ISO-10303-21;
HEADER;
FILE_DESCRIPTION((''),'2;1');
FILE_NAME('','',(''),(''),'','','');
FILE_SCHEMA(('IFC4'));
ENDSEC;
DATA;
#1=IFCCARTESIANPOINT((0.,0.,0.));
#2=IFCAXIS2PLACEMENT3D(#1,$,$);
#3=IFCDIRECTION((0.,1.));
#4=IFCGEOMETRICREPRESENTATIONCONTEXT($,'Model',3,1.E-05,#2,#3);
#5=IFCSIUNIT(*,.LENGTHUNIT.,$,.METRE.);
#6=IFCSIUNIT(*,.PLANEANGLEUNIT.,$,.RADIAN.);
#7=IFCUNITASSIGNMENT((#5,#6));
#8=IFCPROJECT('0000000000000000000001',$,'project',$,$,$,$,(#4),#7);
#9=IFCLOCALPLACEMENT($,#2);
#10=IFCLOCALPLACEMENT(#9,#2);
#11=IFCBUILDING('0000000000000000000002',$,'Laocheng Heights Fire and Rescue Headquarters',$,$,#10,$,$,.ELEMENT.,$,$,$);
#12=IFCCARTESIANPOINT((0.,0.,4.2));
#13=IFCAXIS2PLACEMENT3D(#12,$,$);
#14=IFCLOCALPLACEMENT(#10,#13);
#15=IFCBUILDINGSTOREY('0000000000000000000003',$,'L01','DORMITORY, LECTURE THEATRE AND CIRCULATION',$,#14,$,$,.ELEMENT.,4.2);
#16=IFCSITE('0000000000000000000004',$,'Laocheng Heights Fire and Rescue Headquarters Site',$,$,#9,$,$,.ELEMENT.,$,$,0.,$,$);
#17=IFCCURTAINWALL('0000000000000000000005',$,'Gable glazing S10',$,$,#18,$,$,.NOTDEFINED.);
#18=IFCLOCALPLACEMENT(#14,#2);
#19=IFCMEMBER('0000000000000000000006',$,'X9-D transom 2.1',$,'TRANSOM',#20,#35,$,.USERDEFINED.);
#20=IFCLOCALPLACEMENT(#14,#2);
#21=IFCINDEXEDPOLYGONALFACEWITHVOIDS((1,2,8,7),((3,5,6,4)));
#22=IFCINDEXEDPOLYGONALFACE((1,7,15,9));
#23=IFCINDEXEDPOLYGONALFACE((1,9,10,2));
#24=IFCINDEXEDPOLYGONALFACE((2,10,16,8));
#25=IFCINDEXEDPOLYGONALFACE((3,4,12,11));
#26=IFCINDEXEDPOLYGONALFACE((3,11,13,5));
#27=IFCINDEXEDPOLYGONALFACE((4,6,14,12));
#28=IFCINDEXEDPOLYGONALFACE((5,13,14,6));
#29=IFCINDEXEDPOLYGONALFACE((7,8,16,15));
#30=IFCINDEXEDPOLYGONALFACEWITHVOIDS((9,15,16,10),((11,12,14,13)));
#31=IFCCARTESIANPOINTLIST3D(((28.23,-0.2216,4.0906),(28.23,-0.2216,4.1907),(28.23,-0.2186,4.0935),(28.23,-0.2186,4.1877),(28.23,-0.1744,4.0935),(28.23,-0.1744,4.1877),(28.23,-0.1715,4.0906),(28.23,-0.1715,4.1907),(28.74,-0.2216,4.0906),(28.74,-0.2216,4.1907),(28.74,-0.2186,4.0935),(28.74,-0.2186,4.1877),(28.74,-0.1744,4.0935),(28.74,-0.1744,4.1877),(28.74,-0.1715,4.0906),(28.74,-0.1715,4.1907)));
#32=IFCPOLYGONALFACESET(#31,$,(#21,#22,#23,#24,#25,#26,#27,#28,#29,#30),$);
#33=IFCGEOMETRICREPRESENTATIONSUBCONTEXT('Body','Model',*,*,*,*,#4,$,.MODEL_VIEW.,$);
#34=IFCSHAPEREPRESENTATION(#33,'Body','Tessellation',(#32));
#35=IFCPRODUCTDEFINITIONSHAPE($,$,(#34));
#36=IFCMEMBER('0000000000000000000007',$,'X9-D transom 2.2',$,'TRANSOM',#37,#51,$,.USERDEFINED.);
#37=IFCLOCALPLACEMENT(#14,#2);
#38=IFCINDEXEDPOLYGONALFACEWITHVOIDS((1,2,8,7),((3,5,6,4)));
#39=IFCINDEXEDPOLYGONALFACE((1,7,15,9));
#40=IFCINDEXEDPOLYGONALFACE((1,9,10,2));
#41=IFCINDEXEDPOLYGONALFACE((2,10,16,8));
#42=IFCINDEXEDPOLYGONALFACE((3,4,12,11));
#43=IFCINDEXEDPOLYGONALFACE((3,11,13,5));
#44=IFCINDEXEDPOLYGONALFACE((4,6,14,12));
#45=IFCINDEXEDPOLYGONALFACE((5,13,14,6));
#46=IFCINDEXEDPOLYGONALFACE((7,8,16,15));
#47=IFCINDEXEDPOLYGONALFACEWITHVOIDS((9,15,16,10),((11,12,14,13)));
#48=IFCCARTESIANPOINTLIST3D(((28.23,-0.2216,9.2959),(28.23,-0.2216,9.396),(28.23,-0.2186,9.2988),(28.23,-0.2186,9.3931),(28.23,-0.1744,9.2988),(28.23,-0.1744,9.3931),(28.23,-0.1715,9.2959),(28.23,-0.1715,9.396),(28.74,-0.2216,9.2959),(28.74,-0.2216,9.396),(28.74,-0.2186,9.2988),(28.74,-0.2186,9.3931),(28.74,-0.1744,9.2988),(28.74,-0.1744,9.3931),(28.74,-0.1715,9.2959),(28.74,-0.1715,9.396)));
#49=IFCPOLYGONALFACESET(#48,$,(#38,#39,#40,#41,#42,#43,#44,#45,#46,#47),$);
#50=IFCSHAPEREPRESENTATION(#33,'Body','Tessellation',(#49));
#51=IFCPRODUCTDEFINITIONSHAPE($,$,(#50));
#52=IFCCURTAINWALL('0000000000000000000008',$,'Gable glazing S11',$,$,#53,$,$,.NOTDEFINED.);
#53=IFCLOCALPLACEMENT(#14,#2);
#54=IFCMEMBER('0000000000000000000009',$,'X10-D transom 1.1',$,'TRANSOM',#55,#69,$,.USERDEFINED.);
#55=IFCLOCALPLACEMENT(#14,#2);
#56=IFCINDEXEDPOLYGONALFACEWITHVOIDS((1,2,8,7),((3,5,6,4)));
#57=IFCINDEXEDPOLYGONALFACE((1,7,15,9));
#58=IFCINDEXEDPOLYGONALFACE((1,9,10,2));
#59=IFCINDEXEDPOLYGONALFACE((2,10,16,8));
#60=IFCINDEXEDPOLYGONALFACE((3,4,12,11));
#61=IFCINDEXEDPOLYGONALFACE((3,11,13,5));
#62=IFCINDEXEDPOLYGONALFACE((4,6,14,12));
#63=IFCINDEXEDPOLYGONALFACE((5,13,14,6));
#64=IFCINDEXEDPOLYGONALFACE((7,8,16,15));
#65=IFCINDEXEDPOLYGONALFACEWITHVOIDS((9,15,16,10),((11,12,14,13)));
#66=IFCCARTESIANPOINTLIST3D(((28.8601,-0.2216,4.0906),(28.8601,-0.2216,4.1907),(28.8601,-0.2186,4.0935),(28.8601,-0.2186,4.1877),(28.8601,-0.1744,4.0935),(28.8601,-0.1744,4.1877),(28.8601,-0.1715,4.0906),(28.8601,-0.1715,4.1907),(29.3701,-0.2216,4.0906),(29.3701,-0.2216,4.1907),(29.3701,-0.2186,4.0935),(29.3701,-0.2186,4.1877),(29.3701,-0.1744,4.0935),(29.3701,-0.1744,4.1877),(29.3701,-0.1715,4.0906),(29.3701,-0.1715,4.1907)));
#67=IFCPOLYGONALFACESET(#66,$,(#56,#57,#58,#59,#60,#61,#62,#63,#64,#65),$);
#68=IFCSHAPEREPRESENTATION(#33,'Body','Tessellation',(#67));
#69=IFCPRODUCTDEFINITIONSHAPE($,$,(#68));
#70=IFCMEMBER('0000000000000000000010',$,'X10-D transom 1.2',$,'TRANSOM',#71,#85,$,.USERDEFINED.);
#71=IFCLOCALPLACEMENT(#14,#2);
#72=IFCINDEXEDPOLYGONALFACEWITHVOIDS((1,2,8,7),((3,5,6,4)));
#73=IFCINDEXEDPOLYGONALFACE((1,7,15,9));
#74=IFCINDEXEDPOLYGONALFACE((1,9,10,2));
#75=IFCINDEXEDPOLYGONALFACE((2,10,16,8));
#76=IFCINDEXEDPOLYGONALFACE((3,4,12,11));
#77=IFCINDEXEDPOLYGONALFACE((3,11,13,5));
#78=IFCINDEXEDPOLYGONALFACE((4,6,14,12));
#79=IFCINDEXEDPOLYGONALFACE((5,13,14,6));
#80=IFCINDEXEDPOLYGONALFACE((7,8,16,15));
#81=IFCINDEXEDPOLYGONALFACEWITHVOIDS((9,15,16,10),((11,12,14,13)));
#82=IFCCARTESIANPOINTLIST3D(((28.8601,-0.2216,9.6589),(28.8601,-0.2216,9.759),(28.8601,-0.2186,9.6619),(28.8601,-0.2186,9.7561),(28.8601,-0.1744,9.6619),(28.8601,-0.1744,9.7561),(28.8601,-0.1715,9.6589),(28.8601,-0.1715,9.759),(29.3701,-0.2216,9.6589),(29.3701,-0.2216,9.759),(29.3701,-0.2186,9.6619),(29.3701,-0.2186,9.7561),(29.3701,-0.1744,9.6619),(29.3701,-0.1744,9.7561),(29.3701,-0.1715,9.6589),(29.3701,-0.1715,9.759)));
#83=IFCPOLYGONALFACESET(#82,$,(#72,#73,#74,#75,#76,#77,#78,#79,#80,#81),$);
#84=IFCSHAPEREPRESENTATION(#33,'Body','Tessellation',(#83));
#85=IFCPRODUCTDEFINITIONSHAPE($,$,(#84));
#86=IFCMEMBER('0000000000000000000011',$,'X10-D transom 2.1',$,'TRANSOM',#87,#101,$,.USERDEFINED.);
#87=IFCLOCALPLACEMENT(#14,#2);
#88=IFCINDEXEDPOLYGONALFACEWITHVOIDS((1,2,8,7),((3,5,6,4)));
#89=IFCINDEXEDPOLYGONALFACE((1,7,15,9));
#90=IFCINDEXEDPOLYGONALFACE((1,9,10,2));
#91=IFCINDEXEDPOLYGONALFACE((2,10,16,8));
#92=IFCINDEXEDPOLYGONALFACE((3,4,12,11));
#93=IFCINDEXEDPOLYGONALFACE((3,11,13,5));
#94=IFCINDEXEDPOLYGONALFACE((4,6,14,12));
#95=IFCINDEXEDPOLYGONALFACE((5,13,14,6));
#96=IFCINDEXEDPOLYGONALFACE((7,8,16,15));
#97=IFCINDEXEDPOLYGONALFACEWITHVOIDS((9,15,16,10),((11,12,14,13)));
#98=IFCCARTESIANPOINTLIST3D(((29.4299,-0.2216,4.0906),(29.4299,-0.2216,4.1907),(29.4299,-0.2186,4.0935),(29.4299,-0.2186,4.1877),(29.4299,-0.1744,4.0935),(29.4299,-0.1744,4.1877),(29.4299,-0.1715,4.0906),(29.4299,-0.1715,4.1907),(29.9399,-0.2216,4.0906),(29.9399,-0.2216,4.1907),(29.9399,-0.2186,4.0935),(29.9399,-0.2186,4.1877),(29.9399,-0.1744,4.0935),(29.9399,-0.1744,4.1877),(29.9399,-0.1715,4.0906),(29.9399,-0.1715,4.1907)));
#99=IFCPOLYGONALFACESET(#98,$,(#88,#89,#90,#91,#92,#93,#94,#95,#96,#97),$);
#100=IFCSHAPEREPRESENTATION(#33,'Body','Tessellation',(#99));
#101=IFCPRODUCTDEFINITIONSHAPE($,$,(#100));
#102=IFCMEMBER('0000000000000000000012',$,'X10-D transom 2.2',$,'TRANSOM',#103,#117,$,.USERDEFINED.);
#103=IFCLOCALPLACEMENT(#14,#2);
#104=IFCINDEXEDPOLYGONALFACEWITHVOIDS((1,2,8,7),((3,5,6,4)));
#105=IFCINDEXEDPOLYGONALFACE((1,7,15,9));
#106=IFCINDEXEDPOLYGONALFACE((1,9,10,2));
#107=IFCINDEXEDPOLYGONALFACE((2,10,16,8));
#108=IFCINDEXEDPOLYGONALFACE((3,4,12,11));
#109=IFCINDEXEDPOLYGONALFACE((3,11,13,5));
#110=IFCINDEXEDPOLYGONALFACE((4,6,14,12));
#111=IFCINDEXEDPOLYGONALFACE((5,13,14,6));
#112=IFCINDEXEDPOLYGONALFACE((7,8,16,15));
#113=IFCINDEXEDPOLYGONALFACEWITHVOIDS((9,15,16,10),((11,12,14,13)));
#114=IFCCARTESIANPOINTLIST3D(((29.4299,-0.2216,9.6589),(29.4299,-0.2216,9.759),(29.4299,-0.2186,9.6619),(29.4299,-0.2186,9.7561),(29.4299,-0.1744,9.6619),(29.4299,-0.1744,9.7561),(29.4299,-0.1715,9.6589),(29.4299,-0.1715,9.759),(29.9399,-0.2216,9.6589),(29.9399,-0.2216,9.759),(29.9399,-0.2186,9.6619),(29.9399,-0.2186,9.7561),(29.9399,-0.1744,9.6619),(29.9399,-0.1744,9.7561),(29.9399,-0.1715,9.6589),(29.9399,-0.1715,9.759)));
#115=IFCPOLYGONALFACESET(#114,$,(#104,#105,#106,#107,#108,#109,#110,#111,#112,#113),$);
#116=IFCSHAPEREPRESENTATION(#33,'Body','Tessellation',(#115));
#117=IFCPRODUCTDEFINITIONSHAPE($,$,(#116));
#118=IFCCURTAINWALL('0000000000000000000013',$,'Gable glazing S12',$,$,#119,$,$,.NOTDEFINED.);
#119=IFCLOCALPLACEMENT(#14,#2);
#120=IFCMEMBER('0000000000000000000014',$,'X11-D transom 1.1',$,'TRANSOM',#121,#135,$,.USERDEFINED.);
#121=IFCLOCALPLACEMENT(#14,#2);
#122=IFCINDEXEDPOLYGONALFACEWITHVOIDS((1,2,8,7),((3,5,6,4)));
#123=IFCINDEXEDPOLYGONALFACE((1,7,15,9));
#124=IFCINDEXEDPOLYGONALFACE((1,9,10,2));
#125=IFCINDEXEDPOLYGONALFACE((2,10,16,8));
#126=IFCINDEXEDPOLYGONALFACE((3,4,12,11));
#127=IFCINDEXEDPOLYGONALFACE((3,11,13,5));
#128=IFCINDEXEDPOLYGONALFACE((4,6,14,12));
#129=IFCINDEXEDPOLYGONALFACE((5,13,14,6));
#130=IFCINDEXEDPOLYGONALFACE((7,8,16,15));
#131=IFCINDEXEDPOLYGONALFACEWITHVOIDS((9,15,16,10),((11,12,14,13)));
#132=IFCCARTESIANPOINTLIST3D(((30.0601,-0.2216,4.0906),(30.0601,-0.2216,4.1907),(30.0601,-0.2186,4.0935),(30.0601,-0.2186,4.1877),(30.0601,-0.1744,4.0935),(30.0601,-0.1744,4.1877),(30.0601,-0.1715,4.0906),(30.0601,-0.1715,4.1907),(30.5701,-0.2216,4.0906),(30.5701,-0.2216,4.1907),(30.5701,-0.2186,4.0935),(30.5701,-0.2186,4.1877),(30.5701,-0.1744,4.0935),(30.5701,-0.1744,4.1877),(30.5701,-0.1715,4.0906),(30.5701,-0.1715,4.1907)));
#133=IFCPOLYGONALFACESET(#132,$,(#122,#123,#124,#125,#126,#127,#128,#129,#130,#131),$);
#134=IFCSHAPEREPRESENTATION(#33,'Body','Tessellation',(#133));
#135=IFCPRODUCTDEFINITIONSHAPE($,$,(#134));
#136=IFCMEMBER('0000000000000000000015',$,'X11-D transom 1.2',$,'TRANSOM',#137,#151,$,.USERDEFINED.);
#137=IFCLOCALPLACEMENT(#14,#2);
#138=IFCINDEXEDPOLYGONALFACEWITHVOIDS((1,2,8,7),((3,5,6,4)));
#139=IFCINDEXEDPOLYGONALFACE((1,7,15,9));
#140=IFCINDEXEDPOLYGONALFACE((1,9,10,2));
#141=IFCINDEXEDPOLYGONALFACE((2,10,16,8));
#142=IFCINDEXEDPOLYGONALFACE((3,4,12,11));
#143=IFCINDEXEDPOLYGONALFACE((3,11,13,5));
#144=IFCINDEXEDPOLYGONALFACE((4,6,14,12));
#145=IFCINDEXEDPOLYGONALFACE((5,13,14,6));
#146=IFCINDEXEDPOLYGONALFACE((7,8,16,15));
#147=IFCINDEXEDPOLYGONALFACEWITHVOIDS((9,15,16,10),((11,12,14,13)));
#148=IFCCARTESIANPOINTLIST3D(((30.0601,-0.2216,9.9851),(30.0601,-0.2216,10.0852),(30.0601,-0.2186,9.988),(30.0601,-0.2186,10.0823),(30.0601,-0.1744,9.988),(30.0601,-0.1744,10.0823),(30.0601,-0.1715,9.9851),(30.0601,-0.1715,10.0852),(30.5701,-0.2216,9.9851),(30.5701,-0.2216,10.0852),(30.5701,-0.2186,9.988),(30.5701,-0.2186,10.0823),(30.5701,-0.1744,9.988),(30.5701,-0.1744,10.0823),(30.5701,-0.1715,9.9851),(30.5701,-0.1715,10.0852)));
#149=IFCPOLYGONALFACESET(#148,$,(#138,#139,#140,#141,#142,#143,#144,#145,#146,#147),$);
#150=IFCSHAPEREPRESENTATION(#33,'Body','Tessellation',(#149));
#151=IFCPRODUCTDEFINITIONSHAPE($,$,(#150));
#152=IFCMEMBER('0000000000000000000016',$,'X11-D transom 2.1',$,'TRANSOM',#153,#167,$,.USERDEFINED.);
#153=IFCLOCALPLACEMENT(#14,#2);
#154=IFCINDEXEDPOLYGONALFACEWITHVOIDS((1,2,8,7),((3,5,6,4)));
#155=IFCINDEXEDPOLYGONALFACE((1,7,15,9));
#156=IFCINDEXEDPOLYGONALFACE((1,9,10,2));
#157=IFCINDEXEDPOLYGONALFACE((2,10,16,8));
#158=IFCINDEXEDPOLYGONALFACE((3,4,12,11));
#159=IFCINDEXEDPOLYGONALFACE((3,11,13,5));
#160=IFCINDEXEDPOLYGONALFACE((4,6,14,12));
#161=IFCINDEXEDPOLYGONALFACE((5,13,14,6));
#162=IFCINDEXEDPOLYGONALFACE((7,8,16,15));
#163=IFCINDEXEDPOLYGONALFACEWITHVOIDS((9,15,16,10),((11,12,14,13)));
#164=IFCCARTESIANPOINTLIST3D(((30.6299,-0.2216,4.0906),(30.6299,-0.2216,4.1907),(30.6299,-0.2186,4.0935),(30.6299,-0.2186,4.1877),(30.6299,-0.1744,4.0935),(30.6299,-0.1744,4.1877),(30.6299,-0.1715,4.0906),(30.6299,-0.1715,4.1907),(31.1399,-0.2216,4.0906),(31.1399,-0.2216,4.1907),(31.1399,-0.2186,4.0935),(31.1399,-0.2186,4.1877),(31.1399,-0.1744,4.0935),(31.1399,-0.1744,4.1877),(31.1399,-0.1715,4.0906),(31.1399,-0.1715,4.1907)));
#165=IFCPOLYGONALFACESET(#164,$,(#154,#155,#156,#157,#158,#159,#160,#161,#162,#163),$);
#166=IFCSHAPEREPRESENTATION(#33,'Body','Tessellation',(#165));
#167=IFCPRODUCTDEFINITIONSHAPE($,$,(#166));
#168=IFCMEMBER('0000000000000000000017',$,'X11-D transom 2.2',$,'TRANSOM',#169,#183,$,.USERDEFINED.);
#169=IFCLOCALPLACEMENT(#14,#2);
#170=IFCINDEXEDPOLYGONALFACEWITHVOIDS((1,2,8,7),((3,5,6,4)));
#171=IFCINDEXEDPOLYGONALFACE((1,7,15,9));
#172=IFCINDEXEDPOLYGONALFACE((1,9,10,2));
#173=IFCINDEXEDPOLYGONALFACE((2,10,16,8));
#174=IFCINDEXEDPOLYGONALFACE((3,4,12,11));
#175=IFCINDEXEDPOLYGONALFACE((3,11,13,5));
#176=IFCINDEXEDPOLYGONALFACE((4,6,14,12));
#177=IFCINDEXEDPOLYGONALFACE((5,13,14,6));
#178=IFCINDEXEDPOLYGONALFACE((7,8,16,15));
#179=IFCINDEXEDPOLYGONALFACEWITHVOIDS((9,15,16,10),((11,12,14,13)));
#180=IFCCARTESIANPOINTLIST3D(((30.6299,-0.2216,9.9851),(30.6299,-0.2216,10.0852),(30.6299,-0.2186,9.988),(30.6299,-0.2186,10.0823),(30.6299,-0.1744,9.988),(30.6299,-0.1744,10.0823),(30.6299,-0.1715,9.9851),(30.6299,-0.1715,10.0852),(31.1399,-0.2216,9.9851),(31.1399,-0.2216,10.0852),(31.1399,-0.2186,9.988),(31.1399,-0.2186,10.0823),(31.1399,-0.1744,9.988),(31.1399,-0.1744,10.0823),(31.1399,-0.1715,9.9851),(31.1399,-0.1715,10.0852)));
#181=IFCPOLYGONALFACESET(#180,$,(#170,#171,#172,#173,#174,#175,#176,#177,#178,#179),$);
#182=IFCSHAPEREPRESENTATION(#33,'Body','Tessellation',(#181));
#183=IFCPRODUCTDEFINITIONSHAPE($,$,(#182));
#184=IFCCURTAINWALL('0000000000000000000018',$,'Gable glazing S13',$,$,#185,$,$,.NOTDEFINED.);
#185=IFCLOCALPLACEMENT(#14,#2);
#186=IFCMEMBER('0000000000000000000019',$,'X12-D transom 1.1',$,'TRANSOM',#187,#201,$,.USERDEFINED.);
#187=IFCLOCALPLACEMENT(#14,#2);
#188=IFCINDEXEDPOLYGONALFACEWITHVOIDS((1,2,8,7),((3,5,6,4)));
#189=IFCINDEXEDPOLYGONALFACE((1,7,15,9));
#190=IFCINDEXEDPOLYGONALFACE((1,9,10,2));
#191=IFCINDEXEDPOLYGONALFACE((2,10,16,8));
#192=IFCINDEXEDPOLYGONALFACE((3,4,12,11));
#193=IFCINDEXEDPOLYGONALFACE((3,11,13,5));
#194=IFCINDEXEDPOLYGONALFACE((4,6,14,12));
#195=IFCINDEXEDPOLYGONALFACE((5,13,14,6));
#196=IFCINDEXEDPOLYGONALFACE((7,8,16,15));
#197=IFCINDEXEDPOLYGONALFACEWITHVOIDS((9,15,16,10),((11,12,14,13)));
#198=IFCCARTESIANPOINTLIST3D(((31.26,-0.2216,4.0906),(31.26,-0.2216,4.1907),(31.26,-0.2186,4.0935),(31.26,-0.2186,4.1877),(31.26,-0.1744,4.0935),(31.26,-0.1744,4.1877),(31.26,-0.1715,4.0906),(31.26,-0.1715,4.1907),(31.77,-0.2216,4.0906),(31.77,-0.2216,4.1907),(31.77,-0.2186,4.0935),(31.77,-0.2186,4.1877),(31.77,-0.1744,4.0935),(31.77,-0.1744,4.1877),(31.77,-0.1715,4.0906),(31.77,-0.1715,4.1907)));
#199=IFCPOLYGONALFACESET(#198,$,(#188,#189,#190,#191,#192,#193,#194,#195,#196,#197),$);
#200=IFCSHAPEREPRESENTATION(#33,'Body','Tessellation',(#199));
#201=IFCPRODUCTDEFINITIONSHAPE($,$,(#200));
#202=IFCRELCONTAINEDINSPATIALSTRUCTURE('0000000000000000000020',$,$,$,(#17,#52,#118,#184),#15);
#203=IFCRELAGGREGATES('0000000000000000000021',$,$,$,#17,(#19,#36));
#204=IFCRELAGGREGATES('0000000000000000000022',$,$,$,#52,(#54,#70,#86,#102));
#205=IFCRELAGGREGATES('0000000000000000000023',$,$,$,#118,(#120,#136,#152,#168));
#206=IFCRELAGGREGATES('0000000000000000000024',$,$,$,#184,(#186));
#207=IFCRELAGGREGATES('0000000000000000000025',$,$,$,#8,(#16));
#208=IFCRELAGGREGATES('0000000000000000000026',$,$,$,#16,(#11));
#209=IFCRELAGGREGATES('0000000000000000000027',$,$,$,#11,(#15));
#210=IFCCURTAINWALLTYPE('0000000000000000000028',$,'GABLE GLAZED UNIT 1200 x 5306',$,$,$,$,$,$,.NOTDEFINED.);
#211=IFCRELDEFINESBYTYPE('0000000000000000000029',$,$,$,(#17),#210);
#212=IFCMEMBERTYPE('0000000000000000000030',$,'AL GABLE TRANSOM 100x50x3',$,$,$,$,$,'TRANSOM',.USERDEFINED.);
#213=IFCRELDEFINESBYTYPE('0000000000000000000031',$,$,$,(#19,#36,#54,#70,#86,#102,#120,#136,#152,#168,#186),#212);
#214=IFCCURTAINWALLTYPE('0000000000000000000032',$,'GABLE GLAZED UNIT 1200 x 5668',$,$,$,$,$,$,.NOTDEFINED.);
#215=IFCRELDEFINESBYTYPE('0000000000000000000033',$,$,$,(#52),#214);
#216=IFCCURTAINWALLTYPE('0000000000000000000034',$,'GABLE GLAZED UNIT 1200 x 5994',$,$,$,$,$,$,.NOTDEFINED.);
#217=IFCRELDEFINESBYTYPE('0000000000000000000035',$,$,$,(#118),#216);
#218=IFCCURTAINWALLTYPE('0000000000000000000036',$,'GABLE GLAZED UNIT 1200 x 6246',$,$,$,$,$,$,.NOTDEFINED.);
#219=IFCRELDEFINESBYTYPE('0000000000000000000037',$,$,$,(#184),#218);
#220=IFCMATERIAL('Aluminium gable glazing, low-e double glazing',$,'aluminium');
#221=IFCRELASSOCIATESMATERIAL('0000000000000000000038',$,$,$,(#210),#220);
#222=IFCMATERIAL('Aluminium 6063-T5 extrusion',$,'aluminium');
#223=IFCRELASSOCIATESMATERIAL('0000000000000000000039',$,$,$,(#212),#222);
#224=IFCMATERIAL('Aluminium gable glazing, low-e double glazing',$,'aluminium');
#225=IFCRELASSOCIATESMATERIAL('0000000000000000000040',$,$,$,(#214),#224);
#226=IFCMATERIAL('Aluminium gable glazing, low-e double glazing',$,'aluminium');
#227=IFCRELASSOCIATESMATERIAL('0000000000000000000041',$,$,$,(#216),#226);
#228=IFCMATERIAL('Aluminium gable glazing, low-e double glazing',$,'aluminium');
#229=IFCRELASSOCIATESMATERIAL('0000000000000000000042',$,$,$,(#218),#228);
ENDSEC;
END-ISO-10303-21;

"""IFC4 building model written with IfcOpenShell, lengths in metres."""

from ifc_helpers import new_model, si_unit, direction, frame, origin, origin_2d, place, context, subcontext, project, spatial, hollow_rectangle, extrude, material, material_profile, profile_set, type_object, element, aggregate, save


model = new_model("IFC4")

# Units and contexts
model_context = context("Model", 3, precision=1e-05, world=origin(), true_north=direction((0.0, 1.0)))
body_context = subcontext(model_context, "Body", "Model", "MODEL_VIEW")
ifc_project = project(units=[si_unit("LENGTHUNIT", "METRE"), si_unit("PLANEANGLEUNIT", "RADIAN")], contexts=[model_context])

# Site, building, storey
site_placement = place(None, origin())
site = spatial("IfcSite", under=ifc_project, at=site_placement, Name="Laocheng Heights Fire and Rescue Headquarters Site", CompositionType="ELEMENT", RefElevation=0.0)
building_placement = place(site_placement, origin())
building = spatial("IfcBuilding", under=site, at=building_placement, Name="Laocheng Heights Fire and Rescue Headquarters", CompositionType="ELEMENT")
storey_placement = place(building_placement, frame((0.0, 0.0, 4.2)))
storey = spatial("IfcBuildingStorey", under=building, at=storey_placement, Name="L01", Description="DORMITORY, LECTURE THEATRE AND CIRCULATION", CompositionType="ELEMENT", Elevation=4.2)

# Curtain walls, members
ifc_material_1 = material(Name="Aluminium gable glazing, low-e double glazing", Category="aluminium")
curtain_wall_type_1 = type_object("IfcCurtainWallType", Name="GABLE GLAZED UNIT 1200 x 5306", PredefinedType="NOTDEFINED", material=ifc_material_1)
curtain_wall_1_placement = place(storey_placement, origin())
curtain_wall_1 = element("IfcCurtainWall", 1, at=curtain_wall_1_placement, inside=storey, type_object=curtain_wall_type_1, Name="Gable glazing S10", PredefinedType="NOTDEFINED")
ifc_material_2 = material(Name="Aluminium 6063-T5 extrusion", Category="aluminium")
ifc_material_profile = material_profile(ifc_material_2, hollow_rectangle(XDim=0.05, YDim=0.1001, WallThickness=0.0029, at=origin_2d()), Name="AL TRANSOM 100x50x3")
ifc_profile_set = profile_set([ifc_material_profile], Name="Aluminium 6063-T5 extrusion")
member_type = type_object("IfcMemberType", Name="AL GABLE TRANSOM 100x50x3", ElementType="TRANSOM", PredefinedType="USERDEFINED", material=ifc_profile_set)
member_1_placement = place(storey_placement, frame((28.23, -0.1965, 4.1406), z_axis=(1.0, 0.0, 0.0), x_axis=(0.0, 1.0, 0.0)))
member_1 = element("IfcMember", 2, at=member_1_placement, type_object=member_type, Name="X9-D transom 2.1", ObjectType="TRANSOM", PredefinedType="USERDEFINED", context=body_context, shape_type="SweptSolid", body=[
    extrude(hollow_rectangle(XDim=0.05, YDim=0.1001, WallThickness=0.0029, at=origin_2d()), origin(), (0.0, 0.0, 1.0), 0.51),
])
member_2_placement = place(storey_placement, frame((28.23, -0.1965, 9.3459), z_axis=(1.0, 0.0, 0.0), x_axis=(0.0, 1.0, 0.0)))
member_2 = element("IfcMember", 3, at=member_2_placement, type_object=member_type, Name="X9-D transom 2.2", ObjectType="TRANSOM", PredefinedType="USERDEFINED", context=body_context, shape_type="SweptSolid", body=[
    extrude(hollow_rectangle(XDim=0.05, YDim=0.1001, WallThickness=0.0029, at=origin_2d()), origin(), (0.0, 0.0, 1.0), 0.51),
])
ifc_material_3 = material(Name="Aluminium gable glazing, low-e double glazing", Category="aluminium")
curtain_wall_type_2 = type_object("IfcCurtainWallType", Name="GABLE GLAZED UNIT 1200 x 5668", PredefinedType="NOTDEFINED", material=ifc_material_3)
curtain_wall_2_placement = place(storey_placement, origin())
curtain_wall_2 = element("IfcCurtainWall", 4, at=curtain_wall_2_placement, inside=storey, type_object=curtain_wall_type_2, Name="Gable glazing S11", PredefinedType="NOTDEFINED")
member_3_placement = place(storey_placement, frame((28.8601, -0.1965, 4.1406), z_axis=(1.0, 0.0, 0.0), x_axis=(0.0, 1.0, 0.0)))
member_3 = element("IfcMember", 5, at=member_3_placement, type_object=member_type, Name="X10-D transom 1.1", ObjectType="TRANSOM", PredefinedType="USERDEFINED", context=body_context, shape_type="SweptSolid", body=[
    extrude(hollow_rectangle(XDim=0.05, YDim=0.1001, WallThickness=0.0029, at=origin_2d()), origin(), (0.0, 0.0, 1.0), 0.51),
])
member_4_placement = place(storey_placement, frame((28.8601, -0.1965, 9.709), z_axis=(1.0, 0.0, 0.0), x_axis=(0.0, 1.0, 0.0)))
member_4 = element("IfcMember", 6, at=member_4_placement, type_object=member_type, Name="X10-D transom 1.2", ObjectType="TRANSOM", PredefinedType="USERDEFINED", context=body_context, shape_type="SweptSolid", body=[
    extrude(hollow_rectangle(XDim=0.05, YDim=0.1001, WallThickness=0.0029, at=origin_2d()), origin(), (0.0, 0.0, 1.0), 0.51),
])
member_5_placement = place(storey_placement, frame((29.4299, -0.1965, 4.1406), z_axis=(1.0, 0.0, 0.0), x_axis=(0.0, 1.0, 0.0)))
member_5 = element("IfcMember", 7, at=member_5_placement, type_object=member_type, Name="X10-D transom 2.1", ObjectType="TRANSOM", PredefinedType="USERDEFINED", context=body_context, shape_type="SweptSolid", body=[
    extrude(hollow_rectangle(XDim=0.05, YDim=0.1001, WallThickness=0.0029, at=origin_2d()), origin(), (0.0, 0.0, 1.0), 0.51),
])
member_6_placement = place(storey_placement, frame((29.4299, -0.1965, 9.709), z_axis=(1.0, 0.0, 0.0), x_axis=(0.0, 1.0, 0.0)))
member_6 = element("IfcMember", 8, at=member_6_placement, type_object=member_type, Name="X10-D transom 2.2", ObjectType="TRANSOM", PredefinedType="USERDEFINED", context=body_context, shape_type="SweptSolid", body=[
    extrude(hollow_rectangle(XDim=0.05, YDim=0.1001, WallThickness=0.0029, at=origin_2d()), origin(), (0.0, 0.0, 1.0), 0.51),
])
ifc_material_4 = material(Name="Aluminium gable glazing, low-e double glazing", Category="aluminium")
curtain_wall_type_3 = type_object("IfcCurtainWallType", Name="GABLE GLAZED UNIT 1200 x 5994", PredefinedType="NOTDEFINED", material=ifc_material_4)
curtain_wall_3_placement = place(storey_placement, origin())
curtain_wall_3 = element("IfcCurtainWall", 9, at=curtain_wall_3_placement, inside=storey, type_object=curtain_wall_type_3, Name="Gable glazing S12", PredefinedType="NOTDEFINED")
member_7_placement = place(storey_placement, frame((30.0601, -0.1965, 4.1406), z_axis=(1.0, 0.0, 0.0), x_axis=(0.0, 1.0, 0.0)))
member_7 = element("IfcMember", 10, at=member_7_placement, type_object=member_type, Name="X11-D transom 1.1", ObjectType="TRANSOM", PredefinedType="USERDEFINED", context=body_context, shape_type="SweptSolid", body=[
    extrude(hollow_rectangle(XDim=0.05, YDim=0.1001, WallThickness=0.0029, at=origin_2d()), origin(), (0.0, 0.0, 1.0), 0.51),
])
member_8_placement = place(storey_placement, frame((30.0601, -0.1965, 10.0352), z_axis=(1.0, 0.0, 0.0), x_axis=(0.0, 1.0, 0.0)))
member_8 = element("IfcMember", 11, at=member_8_placement, type_object=member_type, Name="X11-D transom 1.2", ObjectType="TRANSOM", PredefinedType="USERDEFINED", context=body_context, shape_type="SweptSolid", body=[
    extrude(hollow_rectangle(XDim=0.05, YDim=0.1001, WallThickness=0.0029, at=origin_2d()), origin(), (0.0, 0.0, 1.0), 0.51),
])
member_9_placement = place(storey_placement, frame((30.6299, -0.1965, 4.1406), z_axis=(1.0, 0.0, 0.0), x_axis=(0.0, 1.0, 0.0)))
member_9 = element("IfcMember", 12, at=member_9_placement, type_object=member_type, Name="X11-D transom 2.1", ObjectType="TRANSOM", PredefinedType="USERDEFINED", context=body_context, shape_type="SweptSolid", body=[
    extrude(hollow_rectangle(XDim=0.05, YDim=0.1001, WallThickness=0.0029, at=origin_2d()), origin(), (0.0, 0.0, 1.0), 0.51),
])
member_10_placement = place(storey_placement, frame((30.6299, -0.1965, 10.0352), z_axis=(1.0, 0.0, 0.0), x_axis=(0.0, 1.0, 0.0)))
member_10 = element("IfcMember", 13, at=member_10_placement, type_object=member_type, Name="X11-D transom 2.2", ObjectType="TRANSOM", PredefinedType="USERDEFINED", context=body_context, shape_type="SweptSolid", body=[
    extrude(hollow_rectangle(XDim=0.05, YDim=0.1001, WallThickness=0.0029, at=origin_2d()), origin(), (0.0, 0.0, 1.0), 0.51),
])
ifc_material_5 = material(Name="Aluminium gable glazing, low-e double glazing", Category="aluminium")
curtain_wall_type_4 = type_object("IfcCurtainWallType", Name="GABLE GLAZED UNIT 1200 x 6246", PredefinedType="NOTDEFINED", material=ifc_material_5)
curtain_wall_4_placement = place(storey_placement, origin())
curtain_wall_4 = element("IfcCurtainWall", 14, at=curtain_wall_4_placement, inside=storey, type_object=curtain_wall_type_4, Name="Gable glazing S13", PredefinedType="NOTDEFINED")
member_11_placement = place(storey_placement, frame((31.26, -0.1965, 4.1406), z_axis=(1.0, 0.0, 0.0), x_axis=(0.0, 1.0, 0.0)))
member_11 = element("IfcMember", 15, at=member_11_placement, type_object=member_type, Name="X12-D transom 1.1", ObjectType="TRANSOM", PredefinedType="USERDEFINED", context=body_context, shape_type="SweptSolid", body=[
    extrude(hollow_rectangle(XDim=0.05, YDim=0.1001, WallThickness=0.0029, at=origin_2d()), origin(), (0.0, 0.0, 1.0), 0.51),
])

aggregate(curtain_wall_1, [member_1, member_2])
aggregate(curtain_wall_2, [member_3, member_4, member_5, member_6])
aggregate(curtain_wall_3, [member_7, member_8, member_9, member_10])
aggregate(curtain_wall_4, [member_11])

save(model, "model.ifc")
